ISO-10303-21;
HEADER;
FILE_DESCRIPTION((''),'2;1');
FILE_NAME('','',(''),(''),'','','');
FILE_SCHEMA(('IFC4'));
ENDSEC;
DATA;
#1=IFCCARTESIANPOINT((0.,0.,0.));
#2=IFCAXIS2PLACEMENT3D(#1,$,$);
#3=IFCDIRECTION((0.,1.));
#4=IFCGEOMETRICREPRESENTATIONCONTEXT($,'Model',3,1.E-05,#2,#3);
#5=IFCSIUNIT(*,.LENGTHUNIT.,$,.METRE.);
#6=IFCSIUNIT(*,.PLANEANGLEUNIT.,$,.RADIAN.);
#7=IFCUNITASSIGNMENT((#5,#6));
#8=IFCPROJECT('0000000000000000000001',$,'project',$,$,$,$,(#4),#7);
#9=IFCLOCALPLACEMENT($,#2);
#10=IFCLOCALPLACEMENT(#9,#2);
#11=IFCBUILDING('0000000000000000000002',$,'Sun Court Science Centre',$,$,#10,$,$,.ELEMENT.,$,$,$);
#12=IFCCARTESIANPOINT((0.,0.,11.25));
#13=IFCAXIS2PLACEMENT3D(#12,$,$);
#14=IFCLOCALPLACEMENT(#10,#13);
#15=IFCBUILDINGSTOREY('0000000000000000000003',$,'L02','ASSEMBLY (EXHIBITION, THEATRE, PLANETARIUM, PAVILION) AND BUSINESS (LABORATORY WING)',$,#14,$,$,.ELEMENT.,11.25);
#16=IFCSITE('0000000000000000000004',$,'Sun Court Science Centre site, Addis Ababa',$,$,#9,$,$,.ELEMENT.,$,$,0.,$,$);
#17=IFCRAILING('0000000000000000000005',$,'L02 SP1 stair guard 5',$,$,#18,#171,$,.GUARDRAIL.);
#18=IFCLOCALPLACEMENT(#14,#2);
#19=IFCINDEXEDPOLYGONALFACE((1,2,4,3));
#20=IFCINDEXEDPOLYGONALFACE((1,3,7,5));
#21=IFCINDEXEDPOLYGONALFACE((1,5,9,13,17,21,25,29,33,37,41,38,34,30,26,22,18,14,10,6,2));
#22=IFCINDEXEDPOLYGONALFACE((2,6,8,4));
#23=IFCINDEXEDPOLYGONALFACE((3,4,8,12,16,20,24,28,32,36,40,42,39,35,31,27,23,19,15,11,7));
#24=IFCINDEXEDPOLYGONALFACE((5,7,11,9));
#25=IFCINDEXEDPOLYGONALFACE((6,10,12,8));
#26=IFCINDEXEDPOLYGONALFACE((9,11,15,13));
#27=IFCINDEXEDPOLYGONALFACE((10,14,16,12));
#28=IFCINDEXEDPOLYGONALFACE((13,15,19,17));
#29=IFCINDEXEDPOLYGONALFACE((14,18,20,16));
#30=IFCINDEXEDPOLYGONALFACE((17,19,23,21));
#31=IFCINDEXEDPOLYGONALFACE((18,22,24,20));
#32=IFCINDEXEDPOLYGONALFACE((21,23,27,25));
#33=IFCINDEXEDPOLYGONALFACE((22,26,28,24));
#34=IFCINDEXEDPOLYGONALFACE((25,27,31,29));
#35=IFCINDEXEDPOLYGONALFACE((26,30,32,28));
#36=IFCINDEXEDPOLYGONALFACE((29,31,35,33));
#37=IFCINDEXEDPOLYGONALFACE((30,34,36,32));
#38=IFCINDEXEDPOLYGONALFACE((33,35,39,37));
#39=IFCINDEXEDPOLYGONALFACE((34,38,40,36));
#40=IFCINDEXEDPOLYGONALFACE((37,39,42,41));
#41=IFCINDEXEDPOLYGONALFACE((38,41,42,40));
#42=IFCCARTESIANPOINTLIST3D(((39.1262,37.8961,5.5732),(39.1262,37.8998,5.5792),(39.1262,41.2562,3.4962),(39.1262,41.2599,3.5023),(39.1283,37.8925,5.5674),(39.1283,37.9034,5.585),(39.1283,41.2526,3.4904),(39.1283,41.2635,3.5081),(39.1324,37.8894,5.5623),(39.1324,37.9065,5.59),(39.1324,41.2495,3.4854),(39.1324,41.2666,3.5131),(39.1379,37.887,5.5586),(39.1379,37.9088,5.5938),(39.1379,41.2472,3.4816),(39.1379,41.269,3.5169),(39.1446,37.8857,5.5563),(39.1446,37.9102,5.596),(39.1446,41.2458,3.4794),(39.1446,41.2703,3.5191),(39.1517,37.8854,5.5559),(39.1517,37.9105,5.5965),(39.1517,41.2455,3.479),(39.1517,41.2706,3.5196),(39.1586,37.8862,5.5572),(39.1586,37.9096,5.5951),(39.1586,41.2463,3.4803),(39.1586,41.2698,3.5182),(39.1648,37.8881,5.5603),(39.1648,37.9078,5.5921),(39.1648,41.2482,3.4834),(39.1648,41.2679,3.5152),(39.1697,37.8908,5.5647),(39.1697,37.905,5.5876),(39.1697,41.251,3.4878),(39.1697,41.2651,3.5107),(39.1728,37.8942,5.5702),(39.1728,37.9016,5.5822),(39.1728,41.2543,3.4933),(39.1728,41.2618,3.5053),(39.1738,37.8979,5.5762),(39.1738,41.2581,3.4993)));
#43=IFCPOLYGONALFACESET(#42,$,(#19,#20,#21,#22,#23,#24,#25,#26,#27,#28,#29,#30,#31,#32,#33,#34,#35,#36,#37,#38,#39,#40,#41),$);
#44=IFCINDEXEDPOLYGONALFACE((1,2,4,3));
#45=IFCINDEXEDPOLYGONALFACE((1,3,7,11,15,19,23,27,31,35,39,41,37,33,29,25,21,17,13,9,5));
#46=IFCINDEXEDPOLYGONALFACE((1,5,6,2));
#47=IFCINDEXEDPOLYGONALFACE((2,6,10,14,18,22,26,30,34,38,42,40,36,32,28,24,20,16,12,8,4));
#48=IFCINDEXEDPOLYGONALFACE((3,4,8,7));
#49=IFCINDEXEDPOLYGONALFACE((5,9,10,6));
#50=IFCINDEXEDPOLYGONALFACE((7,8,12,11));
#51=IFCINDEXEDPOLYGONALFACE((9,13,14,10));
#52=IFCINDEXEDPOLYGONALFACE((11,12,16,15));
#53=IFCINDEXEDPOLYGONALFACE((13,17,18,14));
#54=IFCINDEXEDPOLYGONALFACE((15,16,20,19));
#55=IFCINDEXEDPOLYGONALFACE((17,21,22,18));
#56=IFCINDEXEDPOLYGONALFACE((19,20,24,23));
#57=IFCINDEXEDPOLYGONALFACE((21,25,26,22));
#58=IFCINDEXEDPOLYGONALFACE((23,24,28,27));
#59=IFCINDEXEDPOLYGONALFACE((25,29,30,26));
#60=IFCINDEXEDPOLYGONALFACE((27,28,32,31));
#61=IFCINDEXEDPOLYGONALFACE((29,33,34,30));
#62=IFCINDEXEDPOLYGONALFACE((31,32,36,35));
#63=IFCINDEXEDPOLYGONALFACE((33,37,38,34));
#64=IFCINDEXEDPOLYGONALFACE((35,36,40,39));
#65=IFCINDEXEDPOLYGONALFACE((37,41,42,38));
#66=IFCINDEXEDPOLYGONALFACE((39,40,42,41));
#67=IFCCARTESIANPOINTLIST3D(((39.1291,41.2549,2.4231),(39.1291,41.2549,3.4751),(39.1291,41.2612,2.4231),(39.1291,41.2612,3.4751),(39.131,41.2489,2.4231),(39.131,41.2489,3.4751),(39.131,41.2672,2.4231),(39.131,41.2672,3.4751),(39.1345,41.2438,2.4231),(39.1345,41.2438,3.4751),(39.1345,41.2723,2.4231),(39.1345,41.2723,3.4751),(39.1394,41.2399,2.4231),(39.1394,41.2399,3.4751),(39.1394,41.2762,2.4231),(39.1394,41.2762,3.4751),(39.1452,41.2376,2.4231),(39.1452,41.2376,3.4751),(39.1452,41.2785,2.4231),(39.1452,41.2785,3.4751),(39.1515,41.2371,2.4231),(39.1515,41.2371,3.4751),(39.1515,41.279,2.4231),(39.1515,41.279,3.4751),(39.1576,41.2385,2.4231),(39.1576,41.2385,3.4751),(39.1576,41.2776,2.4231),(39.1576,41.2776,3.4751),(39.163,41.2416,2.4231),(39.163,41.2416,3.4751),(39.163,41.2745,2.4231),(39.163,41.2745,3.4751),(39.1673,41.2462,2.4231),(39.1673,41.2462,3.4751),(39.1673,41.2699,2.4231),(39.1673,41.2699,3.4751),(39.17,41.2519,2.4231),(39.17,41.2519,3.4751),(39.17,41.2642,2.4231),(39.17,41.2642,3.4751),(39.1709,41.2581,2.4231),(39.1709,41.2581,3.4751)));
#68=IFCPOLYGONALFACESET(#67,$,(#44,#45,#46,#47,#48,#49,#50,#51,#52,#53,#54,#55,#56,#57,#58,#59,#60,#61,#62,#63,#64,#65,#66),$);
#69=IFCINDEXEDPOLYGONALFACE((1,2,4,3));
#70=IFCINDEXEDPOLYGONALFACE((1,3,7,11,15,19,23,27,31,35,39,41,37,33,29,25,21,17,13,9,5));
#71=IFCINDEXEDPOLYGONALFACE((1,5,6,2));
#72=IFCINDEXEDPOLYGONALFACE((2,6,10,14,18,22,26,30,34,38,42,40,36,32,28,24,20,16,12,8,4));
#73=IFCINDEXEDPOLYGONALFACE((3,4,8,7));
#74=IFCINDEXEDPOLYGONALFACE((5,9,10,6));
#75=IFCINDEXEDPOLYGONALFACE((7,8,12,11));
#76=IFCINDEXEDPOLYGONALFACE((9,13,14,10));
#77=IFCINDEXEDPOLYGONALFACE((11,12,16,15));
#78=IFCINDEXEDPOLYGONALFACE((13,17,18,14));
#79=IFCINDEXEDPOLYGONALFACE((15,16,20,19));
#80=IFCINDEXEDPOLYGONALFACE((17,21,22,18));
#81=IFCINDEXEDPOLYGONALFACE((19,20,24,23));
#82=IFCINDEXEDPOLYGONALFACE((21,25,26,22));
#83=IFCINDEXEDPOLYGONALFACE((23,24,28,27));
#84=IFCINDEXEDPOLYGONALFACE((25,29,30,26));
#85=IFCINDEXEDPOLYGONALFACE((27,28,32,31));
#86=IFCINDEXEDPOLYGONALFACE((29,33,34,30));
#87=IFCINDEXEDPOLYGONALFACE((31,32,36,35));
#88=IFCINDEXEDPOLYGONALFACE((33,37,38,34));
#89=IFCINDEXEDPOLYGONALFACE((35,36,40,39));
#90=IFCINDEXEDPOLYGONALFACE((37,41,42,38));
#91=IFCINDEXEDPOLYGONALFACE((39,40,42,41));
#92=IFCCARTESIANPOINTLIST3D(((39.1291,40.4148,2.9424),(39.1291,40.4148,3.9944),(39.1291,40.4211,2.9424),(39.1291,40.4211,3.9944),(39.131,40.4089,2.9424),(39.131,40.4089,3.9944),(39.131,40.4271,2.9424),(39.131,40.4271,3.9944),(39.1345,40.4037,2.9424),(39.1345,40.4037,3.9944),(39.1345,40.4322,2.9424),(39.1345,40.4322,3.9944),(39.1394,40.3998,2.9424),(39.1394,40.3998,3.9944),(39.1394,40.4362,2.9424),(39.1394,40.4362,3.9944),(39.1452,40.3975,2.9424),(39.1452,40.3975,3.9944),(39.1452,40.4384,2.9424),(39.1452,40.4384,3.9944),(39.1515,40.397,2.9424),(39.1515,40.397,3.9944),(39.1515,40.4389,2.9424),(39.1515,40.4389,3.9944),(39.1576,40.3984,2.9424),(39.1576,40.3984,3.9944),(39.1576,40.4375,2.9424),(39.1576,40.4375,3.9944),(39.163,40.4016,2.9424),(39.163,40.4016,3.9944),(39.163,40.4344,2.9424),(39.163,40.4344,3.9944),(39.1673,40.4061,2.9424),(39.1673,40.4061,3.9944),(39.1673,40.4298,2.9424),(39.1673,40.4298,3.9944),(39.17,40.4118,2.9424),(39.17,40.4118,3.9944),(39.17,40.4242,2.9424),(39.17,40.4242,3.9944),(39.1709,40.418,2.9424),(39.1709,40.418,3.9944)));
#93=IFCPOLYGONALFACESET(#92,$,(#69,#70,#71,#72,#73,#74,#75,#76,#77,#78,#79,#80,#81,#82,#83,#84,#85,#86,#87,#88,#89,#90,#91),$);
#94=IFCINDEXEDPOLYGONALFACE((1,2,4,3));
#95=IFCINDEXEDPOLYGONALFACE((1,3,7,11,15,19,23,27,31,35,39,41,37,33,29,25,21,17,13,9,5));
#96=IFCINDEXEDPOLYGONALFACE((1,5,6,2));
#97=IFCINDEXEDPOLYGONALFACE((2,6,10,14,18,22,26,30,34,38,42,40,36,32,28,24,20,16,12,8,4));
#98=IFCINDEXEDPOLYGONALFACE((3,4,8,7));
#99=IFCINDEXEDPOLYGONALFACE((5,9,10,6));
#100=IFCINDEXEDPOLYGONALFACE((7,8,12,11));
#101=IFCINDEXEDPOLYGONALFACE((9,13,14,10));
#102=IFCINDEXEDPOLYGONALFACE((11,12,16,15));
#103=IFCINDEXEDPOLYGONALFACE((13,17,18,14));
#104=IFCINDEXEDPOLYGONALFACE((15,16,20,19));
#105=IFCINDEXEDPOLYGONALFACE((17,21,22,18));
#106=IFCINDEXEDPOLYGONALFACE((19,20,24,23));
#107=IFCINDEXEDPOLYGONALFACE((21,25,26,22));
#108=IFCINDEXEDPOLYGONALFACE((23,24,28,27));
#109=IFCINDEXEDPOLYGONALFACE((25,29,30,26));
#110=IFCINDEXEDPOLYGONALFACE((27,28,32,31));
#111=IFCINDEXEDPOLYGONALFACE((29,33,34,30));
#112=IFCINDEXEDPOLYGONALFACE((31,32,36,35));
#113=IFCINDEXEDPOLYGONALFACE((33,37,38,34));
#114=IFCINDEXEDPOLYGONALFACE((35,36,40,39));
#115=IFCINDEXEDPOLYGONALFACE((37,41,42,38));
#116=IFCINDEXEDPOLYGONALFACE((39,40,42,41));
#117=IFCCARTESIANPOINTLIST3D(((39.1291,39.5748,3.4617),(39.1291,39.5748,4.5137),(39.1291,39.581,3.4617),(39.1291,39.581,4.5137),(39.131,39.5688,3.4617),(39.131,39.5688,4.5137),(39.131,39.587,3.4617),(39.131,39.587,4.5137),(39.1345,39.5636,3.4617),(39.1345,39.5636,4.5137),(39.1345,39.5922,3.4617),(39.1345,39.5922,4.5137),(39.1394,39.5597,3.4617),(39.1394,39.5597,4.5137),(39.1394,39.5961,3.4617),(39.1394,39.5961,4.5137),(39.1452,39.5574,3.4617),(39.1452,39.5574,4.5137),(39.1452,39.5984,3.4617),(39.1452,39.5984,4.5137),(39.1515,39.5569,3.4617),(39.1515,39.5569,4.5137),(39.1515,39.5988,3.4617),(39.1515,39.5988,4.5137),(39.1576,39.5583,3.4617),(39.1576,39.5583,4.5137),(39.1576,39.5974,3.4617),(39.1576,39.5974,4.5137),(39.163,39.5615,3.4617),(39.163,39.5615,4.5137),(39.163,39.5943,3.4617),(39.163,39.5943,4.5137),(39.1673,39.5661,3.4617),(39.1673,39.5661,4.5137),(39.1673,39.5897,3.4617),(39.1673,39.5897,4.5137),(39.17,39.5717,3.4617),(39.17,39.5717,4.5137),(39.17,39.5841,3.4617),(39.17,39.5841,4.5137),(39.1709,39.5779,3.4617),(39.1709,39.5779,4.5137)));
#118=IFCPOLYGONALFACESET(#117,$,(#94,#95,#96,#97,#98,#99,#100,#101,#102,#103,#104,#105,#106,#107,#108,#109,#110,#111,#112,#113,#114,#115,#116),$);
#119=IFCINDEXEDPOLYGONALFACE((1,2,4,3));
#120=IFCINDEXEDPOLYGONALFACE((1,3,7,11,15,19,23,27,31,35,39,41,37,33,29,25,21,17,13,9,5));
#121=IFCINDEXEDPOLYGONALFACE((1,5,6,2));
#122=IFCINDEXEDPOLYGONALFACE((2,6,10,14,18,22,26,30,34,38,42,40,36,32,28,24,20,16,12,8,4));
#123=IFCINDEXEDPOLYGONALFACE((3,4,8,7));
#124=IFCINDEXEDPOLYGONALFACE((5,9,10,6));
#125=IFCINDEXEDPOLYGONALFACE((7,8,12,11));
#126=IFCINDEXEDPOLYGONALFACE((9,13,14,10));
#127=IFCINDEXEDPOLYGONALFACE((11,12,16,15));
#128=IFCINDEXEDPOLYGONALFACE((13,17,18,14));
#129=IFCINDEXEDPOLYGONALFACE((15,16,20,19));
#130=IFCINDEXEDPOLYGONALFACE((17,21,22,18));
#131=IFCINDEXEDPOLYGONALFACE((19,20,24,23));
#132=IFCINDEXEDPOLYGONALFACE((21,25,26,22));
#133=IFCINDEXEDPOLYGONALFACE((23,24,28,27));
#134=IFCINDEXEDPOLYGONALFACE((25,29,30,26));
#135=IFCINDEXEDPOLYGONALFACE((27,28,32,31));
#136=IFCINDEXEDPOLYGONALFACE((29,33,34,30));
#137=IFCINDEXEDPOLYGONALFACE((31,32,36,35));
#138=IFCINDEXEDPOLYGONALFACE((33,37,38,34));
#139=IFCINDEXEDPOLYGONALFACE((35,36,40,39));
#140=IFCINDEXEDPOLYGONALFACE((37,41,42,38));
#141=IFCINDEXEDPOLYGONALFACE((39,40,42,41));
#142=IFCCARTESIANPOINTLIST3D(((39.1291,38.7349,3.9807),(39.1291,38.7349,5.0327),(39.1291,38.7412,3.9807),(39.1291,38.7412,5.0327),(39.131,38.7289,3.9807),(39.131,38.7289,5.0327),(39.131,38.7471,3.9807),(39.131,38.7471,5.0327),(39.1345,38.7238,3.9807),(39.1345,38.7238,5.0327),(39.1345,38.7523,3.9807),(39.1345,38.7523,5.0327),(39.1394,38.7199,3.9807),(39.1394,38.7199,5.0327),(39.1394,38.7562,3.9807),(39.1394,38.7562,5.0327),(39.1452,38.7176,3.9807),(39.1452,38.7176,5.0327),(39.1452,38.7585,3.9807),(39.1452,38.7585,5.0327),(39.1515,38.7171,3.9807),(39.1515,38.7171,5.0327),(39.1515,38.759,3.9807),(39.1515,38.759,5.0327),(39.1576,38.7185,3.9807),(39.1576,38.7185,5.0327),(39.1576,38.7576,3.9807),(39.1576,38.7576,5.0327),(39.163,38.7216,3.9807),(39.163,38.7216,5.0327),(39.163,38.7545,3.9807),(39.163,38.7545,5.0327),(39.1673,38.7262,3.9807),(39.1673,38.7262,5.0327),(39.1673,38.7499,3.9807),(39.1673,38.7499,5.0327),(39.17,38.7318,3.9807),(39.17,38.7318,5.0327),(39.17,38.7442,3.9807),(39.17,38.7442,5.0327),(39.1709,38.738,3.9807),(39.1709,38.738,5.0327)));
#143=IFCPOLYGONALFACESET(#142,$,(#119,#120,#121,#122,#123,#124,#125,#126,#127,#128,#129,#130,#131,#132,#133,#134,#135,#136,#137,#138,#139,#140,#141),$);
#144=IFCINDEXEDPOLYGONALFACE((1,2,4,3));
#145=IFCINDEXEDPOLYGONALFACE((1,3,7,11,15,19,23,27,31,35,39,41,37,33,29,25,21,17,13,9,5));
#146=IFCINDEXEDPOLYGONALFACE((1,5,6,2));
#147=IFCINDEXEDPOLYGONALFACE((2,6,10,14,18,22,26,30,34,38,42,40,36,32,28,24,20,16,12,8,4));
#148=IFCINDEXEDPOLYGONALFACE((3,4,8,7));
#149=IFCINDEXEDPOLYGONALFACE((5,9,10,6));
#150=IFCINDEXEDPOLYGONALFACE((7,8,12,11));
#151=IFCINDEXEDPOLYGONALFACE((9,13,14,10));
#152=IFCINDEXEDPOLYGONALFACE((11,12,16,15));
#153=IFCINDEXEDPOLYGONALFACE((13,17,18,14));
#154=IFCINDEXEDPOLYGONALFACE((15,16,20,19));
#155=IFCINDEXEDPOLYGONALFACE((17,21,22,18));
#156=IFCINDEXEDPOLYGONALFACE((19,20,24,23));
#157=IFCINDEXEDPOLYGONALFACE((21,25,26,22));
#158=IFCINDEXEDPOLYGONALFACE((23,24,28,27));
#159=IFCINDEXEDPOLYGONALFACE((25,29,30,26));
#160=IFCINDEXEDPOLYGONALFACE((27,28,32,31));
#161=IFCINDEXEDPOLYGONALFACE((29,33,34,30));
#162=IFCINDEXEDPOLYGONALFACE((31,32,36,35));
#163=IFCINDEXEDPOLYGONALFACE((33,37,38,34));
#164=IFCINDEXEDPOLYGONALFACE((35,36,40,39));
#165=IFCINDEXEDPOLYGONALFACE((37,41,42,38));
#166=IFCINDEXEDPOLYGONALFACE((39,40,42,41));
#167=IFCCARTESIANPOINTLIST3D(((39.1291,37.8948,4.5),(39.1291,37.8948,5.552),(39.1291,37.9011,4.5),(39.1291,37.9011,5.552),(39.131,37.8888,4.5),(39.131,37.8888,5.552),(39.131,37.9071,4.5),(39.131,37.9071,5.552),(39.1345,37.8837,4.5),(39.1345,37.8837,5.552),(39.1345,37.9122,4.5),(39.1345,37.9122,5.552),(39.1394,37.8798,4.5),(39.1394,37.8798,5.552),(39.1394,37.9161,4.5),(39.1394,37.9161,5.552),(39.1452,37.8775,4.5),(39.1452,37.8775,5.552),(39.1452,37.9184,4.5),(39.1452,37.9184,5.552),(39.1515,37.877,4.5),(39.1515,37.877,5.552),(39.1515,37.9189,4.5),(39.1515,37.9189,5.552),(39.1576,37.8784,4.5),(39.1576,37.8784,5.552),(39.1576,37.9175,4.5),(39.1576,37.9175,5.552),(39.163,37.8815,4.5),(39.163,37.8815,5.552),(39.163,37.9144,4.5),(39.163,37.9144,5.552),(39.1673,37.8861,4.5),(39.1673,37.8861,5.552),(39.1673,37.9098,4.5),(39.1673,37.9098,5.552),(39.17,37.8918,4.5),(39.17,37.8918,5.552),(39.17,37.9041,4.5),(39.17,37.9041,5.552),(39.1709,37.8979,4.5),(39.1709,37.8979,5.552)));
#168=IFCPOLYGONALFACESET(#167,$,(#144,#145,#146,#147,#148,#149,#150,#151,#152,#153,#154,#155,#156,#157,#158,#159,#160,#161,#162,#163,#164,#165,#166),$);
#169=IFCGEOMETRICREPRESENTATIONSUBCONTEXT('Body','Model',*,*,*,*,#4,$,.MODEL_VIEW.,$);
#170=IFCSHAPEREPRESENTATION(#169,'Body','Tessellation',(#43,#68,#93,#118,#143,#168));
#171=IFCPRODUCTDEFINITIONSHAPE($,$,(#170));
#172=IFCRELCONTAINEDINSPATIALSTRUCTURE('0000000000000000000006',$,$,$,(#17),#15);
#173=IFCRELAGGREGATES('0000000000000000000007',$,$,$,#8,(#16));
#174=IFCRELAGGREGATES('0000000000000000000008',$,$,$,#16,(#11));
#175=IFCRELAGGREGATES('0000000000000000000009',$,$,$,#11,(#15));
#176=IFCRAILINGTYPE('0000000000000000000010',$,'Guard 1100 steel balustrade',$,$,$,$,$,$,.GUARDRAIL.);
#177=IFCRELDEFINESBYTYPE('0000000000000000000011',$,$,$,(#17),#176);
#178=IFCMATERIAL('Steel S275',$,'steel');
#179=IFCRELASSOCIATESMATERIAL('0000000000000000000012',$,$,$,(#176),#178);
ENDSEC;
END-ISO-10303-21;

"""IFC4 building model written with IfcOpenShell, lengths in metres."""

from ifc_helpers import new_model, si_unit, direction, frame, origin, origin_2d, place, context, subcontext, project, spatial, circle, extrude, material, type_object, element, save


model = new_model("IFC4")

# Units and contexts
model_context = context("Model", 3, precision=1e-05, world=origin(), true_north=direction((0.0, 1.0)))
body_context = subcontext(model_context, "Body", "Model", "MODEL_VIEW")
ifc_project = project(units=[si_unit("LENGTHUNIT", "METRE"), si_unit("PLANEANGLEUNIT", "RADIAN")], contexts=[model_context])

# Site, building, storey
site_placement = place(None, origin())
site = spatial("IfcSite", under=ifc_project, at=site_placement, Name="Sun Court Science Centre site, Addis Ababa", CompositionType="ELEMENT", RefElevation=0.0)
building_placement = place(site_placement, origin())
building = spatial("IfcBuilding", under=site, at=building_placement, Name="Sun Court Science Centre", CompositionType="ELEMENT")
storey_placement = place(building_placement, frame((0.0, 0.0, 11.25)))
storey = spatial("IfcBuildingStorey", under=building, at=storey_placement, Name="L02", Description="ASSEMBLY (EXHIBITION, THEATRE, PLANETARIUM, PAVILION) AND BUSINESS (LABORATORY WING)", CompositionType="ELEMENT", Elevation=11.25)

# Railing
ifc_material_1 = material(Name="Steel S275", Category="steel")
railing_type_1 = type_object("IfcRailingType", Name="Guard 1100 steel balustrade", PredefinedType="GUARDRAIL", material=ifc_material_1)
railing_1_placement = place(storey_placement, frame((39.1499, 41.2581, 2.4231)))
element("IfcRailing", 1, at=railing_1_placement, inside=storey, type_object=railing_type_1, Name="L02 SP1 stair guard 5", PredefinedType="GUARDRAIL", context=body_context, shape_type="SweptSolid", body=[
    extrude(circle(Radius=0.0239, at=origin_2d()), frame((0.0, 0.0, 1.0762), z_axis=(0.0, -0.850623, 0.525776), x_axis=(1.0, 0.0, 0.0)), (0.0, 0.0, 1.0), 3.9502),
    extrude(circle(Radius=0.021, at=origin_2d()), origin(), (0.0, 0.0, 1.0), 1.052),
    extrude(circle(Radius=0.021, at=origin_2d()), frame((0.0, -0.8401, 0.5193)), (0.0, 0.0, 1.0), 1.052),
    extrude(circle(Radius=0.021, at=origin_2d()), frame((0.0, -1.6802, 1.0386)), (0.0, 0.0, 1.0), 1.052),
    extrude(circle(Radius=0.021, at=origin_2d()), frame((0.0, -2.52, 1.5576)), (0.0, 0.0, 1.0), 1.052),
    extrude(circle(Radius=0.021, at=origin_2d()), frame((0.0, -3.3601, 2.0769)), (0.0, 0.0, 1.0), 1.052),
])

save(model, "model.ifc")
